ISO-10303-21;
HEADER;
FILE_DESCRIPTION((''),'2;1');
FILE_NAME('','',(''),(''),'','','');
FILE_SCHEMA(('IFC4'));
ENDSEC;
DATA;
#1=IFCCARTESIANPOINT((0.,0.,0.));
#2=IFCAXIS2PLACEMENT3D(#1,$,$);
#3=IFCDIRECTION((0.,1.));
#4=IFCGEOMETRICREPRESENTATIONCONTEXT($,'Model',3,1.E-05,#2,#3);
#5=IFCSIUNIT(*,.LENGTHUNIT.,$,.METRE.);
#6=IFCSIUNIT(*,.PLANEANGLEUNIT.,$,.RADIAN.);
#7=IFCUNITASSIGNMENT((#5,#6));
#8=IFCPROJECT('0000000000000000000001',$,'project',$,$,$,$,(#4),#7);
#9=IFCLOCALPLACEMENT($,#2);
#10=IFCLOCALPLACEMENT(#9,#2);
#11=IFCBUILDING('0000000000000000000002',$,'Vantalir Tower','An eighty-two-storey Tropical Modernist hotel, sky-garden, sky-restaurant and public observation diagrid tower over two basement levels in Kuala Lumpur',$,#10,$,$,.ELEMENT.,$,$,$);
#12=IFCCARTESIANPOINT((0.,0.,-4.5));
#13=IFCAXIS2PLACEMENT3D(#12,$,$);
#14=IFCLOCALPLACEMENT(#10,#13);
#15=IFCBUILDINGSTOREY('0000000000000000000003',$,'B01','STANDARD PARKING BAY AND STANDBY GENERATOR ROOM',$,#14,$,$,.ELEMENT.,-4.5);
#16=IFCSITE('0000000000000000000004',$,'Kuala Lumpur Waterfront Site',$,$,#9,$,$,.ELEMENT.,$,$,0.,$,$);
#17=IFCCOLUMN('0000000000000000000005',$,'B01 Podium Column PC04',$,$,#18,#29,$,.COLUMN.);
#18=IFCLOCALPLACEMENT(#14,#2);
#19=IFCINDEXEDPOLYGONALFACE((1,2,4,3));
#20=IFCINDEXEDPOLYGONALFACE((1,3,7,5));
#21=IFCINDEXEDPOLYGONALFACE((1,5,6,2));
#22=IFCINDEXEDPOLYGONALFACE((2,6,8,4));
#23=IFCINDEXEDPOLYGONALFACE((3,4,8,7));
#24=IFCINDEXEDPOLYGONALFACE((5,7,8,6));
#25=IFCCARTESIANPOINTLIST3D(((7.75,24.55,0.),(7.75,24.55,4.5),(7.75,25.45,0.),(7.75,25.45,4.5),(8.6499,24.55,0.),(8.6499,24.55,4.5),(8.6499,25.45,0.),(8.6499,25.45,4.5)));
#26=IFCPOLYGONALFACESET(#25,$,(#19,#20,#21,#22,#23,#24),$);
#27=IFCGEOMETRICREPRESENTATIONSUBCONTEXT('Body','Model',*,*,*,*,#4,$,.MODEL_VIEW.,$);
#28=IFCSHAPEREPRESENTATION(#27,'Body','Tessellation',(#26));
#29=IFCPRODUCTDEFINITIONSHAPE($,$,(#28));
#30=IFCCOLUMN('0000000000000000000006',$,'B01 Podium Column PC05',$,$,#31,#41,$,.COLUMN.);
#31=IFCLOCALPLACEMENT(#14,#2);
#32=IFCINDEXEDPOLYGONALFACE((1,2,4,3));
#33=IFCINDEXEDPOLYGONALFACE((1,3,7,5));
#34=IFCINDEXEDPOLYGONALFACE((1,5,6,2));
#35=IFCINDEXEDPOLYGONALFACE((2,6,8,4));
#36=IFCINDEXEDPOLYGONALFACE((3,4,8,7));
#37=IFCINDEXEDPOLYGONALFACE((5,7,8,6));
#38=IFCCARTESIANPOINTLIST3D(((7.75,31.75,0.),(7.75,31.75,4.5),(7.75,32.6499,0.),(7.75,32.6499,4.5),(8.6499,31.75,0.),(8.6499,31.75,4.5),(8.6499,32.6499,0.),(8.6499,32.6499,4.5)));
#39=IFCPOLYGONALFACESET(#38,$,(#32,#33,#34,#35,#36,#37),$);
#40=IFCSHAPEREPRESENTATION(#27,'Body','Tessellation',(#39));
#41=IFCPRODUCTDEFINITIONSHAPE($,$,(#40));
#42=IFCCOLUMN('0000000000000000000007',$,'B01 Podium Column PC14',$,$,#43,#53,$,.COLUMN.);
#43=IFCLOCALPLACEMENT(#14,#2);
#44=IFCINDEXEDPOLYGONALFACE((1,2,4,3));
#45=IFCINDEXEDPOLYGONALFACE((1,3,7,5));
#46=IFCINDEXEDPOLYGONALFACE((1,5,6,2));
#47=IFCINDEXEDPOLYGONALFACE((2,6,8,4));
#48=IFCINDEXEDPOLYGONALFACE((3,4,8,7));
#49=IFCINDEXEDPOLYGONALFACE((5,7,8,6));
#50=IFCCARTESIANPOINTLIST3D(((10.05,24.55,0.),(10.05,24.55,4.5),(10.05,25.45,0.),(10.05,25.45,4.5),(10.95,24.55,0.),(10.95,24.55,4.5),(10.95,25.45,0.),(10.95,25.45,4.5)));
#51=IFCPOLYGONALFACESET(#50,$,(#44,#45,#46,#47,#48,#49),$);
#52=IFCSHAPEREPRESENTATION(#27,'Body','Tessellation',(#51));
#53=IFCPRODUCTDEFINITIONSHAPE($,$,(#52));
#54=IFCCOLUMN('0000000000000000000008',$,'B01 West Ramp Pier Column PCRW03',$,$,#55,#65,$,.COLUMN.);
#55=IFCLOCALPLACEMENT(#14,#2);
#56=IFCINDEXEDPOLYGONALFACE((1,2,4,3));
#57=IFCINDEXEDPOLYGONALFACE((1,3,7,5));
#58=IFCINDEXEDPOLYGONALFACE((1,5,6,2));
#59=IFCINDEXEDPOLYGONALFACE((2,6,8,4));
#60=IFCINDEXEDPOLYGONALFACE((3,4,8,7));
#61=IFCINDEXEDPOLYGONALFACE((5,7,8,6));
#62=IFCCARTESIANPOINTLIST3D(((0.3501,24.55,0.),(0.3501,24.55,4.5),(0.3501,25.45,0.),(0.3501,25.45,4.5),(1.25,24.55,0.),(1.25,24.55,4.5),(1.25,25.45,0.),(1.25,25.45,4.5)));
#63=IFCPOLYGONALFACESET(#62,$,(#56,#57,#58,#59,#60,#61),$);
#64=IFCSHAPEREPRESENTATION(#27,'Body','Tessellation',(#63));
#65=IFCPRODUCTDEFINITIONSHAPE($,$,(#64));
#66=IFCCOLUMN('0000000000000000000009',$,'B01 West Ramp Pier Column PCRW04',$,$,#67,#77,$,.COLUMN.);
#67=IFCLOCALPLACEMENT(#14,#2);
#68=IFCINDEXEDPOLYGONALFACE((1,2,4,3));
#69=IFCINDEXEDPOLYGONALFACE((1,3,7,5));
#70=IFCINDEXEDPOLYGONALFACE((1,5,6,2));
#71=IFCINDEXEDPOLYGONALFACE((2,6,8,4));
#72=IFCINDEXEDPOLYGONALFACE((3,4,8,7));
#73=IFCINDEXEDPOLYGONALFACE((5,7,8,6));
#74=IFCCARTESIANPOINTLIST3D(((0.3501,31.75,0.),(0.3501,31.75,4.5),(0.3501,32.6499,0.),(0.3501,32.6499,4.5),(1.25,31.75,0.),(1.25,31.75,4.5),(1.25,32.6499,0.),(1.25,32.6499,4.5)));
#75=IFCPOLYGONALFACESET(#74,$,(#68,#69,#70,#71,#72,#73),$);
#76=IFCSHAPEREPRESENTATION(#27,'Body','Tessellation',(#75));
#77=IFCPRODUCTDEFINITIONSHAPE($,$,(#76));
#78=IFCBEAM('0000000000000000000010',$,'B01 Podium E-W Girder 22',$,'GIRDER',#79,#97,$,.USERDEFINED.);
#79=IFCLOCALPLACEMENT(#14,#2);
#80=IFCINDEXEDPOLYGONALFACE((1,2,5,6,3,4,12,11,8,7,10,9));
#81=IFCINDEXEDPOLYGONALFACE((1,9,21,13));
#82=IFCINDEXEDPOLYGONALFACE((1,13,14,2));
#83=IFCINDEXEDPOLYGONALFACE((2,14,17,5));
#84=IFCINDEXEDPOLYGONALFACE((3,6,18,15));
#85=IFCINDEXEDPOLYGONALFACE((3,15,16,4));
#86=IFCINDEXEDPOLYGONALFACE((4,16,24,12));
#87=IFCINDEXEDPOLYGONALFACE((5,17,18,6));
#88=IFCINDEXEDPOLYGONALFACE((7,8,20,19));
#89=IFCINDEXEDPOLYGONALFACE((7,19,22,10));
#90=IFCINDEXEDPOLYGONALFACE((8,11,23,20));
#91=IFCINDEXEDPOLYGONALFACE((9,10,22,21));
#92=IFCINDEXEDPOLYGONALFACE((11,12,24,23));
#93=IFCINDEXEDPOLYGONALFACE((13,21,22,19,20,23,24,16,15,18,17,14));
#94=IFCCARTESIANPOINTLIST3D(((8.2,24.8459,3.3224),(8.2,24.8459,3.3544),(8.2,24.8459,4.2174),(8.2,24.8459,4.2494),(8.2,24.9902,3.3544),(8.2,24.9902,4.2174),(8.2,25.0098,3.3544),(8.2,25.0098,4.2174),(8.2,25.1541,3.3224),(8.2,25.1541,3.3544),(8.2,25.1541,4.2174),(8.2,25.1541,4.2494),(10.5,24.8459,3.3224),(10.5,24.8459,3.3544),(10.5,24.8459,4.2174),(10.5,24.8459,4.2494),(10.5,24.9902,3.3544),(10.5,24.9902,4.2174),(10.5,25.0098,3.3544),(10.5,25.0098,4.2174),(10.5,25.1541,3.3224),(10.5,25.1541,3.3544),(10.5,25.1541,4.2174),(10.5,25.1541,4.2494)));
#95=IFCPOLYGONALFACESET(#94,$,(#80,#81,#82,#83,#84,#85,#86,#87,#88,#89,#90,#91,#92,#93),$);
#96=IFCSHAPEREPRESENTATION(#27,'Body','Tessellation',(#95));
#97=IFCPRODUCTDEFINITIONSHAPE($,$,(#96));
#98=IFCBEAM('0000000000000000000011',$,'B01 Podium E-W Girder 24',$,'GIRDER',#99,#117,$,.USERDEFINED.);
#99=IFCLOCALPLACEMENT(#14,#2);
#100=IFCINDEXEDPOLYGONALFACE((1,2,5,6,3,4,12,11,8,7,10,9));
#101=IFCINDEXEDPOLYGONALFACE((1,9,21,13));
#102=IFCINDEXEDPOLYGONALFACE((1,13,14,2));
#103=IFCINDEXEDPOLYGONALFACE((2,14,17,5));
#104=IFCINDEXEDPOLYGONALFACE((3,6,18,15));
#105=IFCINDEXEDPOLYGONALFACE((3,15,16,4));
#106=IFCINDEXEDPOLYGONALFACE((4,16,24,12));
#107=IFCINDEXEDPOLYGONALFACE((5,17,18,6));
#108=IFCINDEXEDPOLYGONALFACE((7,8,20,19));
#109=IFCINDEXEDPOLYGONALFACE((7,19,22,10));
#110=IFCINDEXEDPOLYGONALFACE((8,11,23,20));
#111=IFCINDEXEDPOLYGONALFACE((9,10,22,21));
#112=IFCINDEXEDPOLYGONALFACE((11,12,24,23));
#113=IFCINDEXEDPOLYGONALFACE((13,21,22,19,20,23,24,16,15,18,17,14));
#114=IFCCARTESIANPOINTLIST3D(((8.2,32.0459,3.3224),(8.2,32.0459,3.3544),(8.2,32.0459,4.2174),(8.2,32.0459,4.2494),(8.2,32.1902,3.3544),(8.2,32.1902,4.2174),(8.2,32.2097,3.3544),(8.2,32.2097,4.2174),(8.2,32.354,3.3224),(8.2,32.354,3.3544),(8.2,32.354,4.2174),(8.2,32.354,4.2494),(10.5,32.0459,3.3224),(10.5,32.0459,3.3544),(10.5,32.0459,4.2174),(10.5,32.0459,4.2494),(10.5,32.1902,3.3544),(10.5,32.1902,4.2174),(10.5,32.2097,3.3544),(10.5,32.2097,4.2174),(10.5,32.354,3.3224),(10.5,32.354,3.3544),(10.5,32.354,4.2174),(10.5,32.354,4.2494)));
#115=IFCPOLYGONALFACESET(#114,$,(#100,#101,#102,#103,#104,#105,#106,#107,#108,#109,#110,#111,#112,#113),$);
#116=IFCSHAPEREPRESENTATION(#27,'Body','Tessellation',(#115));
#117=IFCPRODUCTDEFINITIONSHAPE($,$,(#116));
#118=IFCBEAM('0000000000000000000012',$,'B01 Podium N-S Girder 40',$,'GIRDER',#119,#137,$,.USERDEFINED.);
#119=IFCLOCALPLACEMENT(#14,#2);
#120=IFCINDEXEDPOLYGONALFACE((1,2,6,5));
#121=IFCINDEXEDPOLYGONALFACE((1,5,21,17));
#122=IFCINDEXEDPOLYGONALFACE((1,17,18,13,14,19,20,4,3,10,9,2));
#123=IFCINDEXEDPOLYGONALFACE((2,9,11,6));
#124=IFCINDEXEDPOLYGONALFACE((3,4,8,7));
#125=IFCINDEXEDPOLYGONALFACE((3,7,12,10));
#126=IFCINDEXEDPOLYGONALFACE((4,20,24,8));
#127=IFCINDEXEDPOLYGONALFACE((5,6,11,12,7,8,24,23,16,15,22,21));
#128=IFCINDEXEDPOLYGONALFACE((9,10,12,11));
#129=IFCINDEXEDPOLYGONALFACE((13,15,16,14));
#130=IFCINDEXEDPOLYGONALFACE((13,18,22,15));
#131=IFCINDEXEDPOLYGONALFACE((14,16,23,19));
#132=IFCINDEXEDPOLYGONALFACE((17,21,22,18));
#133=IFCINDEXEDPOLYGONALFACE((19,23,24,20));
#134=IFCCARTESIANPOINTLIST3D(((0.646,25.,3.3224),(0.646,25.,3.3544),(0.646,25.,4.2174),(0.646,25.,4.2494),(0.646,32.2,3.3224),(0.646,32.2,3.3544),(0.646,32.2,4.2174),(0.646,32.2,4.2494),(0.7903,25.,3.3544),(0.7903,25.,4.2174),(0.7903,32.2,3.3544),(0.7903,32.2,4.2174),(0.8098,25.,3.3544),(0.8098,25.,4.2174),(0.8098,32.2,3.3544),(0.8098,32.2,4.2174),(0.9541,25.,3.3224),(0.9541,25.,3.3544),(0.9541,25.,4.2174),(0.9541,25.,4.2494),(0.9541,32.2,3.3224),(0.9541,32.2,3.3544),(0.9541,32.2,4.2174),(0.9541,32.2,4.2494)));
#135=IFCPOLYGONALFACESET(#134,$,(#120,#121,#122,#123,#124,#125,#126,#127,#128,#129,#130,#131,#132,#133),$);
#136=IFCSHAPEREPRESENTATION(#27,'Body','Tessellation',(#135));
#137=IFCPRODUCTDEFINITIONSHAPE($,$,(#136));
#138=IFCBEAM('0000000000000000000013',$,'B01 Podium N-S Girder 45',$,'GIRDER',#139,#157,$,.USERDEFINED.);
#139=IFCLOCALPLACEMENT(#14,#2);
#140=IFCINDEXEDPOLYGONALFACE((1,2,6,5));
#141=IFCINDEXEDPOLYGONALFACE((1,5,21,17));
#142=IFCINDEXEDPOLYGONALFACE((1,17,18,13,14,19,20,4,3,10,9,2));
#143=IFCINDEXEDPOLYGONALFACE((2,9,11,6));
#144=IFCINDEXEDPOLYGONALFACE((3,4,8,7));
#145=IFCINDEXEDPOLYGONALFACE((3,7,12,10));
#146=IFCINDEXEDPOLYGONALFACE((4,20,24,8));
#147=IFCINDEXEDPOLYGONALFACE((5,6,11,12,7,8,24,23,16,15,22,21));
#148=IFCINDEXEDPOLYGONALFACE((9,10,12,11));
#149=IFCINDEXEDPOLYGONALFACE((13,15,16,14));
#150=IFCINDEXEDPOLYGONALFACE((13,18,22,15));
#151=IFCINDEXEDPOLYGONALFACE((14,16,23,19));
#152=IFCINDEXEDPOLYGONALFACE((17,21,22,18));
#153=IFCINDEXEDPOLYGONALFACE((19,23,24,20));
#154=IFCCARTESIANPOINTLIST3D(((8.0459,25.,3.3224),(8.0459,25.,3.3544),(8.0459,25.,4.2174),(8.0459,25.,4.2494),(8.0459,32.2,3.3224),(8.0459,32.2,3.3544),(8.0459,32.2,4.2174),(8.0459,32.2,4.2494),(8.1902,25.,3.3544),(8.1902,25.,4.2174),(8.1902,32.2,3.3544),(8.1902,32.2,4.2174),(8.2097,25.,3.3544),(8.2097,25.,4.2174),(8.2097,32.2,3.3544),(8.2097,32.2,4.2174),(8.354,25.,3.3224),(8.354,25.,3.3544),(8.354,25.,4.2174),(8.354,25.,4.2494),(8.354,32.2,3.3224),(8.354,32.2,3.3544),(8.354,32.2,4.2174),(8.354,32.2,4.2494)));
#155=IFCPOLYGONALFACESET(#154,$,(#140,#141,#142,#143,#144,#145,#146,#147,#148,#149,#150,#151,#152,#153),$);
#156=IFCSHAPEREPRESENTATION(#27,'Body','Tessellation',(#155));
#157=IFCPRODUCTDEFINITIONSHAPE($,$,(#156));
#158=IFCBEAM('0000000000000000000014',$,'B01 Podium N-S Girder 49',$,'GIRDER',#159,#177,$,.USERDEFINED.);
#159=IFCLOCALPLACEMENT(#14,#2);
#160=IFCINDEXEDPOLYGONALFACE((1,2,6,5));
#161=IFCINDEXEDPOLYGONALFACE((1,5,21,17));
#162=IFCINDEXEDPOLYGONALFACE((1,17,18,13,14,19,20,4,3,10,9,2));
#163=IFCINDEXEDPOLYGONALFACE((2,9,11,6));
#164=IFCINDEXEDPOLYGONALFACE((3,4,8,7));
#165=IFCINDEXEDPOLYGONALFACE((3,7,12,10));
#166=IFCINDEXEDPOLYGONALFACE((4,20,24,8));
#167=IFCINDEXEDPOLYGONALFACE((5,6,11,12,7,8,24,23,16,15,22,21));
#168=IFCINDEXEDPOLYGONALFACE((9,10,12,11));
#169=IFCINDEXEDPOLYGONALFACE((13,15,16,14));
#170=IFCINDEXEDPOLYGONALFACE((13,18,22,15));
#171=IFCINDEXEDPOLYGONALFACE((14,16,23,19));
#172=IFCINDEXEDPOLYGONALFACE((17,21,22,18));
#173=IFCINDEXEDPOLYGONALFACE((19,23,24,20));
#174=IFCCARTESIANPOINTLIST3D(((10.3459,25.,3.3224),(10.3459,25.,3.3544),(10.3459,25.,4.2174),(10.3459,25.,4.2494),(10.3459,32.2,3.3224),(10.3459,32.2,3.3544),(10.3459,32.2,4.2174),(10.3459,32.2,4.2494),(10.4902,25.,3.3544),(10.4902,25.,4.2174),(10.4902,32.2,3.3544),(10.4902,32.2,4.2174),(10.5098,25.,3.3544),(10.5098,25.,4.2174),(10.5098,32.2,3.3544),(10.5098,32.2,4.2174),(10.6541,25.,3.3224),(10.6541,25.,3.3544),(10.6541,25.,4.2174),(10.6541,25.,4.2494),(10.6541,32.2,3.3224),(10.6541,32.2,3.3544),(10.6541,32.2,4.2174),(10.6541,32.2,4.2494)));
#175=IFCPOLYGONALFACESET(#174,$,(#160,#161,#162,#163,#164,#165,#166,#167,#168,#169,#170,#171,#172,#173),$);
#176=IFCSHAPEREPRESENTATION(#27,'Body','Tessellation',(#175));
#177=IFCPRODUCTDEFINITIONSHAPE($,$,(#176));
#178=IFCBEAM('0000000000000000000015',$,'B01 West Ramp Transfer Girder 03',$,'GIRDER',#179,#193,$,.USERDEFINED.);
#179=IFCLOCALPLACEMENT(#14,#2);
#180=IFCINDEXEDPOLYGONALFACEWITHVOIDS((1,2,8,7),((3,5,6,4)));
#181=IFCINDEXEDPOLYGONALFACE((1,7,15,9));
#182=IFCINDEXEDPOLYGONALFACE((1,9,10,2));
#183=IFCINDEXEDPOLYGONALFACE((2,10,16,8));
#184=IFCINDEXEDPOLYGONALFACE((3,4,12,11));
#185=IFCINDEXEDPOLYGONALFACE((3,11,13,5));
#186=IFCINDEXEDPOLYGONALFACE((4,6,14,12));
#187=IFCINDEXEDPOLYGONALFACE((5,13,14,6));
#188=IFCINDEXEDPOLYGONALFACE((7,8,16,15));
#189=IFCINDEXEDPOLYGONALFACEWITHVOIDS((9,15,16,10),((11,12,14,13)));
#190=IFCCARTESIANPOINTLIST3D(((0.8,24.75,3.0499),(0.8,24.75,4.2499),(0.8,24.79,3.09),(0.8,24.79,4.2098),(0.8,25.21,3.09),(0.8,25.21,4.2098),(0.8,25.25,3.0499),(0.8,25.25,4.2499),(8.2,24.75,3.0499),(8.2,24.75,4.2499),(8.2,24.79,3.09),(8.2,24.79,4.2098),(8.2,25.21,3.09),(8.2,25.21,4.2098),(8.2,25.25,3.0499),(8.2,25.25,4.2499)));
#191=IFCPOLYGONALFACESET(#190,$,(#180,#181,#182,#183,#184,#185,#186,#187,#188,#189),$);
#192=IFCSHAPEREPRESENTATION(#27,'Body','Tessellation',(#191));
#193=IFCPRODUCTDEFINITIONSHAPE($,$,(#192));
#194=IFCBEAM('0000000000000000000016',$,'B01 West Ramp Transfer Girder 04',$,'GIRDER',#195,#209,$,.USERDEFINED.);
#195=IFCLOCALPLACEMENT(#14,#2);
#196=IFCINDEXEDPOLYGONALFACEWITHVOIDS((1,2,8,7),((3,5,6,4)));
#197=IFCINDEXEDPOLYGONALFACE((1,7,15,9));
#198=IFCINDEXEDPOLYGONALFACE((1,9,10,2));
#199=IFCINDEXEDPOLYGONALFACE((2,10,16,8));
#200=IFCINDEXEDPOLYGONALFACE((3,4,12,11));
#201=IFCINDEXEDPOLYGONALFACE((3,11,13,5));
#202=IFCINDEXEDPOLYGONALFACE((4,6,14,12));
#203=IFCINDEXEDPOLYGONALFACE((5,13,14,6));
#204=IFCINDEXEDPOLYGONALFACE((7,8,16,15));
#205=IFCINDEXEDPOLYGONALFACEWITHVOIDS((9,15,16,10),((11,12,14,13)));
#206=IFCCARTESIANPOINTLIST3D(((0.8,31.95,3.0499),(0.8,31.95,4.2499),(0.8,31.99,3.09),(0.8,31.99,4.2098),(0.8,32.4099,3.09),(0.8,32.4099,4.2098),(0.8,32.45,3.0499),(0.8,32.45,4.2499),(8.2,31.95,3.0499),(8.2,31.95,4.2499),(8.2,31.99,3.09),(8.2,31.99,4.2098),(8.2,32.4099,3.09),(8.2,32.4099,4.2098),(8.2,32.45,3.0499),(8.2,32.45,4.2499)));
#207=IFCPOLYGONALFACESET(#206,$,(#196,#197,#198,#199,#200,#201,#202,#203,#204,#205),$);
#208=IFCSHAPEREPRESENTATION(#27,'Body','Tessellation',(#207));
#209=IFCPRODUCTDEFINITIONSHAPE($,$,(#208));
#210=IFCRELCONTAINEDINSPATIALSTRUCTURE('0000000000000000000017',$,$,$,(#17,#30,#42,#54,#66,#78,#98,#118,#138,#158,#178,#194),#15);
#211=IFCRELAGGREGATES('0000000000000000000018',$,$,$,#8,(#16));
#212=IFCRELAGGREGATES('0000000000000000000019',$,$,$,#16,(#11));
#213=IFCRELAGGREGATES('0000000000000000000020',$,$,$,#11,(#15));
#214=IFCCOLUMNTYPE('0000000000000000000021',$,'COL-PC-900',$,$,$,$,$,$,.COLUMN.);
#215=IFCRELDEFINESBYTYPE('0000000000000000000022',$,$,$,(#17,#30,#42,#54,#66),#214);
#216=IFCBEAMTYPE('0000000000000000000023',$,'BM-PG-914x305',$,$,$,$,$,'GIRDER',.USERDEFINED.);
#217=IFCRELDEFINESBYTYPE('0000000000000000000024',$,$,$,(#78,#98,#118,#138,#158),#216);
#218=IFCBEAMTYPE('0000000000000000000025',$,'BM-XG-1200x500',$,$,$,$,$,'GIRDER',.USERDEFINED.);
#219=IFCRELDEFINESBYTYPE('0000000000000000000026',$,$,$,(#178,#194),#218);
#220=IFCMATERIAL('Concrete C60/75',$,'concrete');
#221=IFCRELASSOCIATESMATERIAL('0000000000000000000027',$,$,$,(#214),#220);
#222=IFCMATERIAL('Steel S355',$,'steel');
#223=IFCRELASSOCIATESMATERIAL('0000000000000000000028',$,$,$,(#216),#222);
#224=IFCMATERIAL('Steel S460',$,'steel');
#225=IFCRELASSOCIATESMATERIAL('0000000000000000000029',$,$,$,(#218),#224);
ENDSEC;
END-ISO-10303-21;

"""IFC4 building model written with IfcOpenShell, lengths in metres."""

from ifc_helpers import new_model, si_unit, direction, frame, origin, origin_2d, place, context, subcontext, project, spatial, rectangle, hollow_rectangle, i_section, extrude, material, material_profile, profile_set, type_object, element, save


model = new_model("IFC4")

# Units and contexts
model_context = context("Model", 3, precision=1e-05, world=origin(), true_north=direction((0.0, 1.0)))
body_context = subcontext(model_context, "Body", "Model", "MODEL_VIEW")
ifc_project = project(units=[si_unit("LENGTHUNIT", "METRE"), si_unit("PLANEANGLEUNIT", "RADIAN")], contexts=[model_context])

# Site, building, storey
site_placement = place(None, origin())
site = spatial("IfcSite", under=ifc_project, at=site_placement, Name="Kuala Lumpur Waterfront Site", CompositionType="ELEMENT", RefElevation=0.0)
building_placement = place(site_placement, origin())
building = spatial("IfcBuilding", under=site, at=building_placement, Name="Vantalir Tower", Description="An eighty-two-storey Tropical Modernist hotel, sky-garden, sky-restaurant and public observation diagrid tower over two basement levels in Kuala Lumpur", CompositionType="ELEMENT")
storey_placement = place(building_placement, frame((0.0, 0.0, -4.5)))
storey = spatial("IfcBuildingStorey", under=building, at=storey_placement, Name="B01", Description="STANDARD PARKING BAY AND STANDBY GENERATOR ROOM", CompositionType="ELEMENT", Elevation=-4.5)

# Columns
ifc_material_1 = material(Name="Concrete C60/75", Category="concrete")
ifc_material_profile_1 = material_profile(ifc_material_1, rectangle(XDim=0.8999, YDim=0.8999, at=origin_2d()), Name="Concrete C60/75")
ifc_profile_set_1 = profile_set([ifc_material_profile_1], Name="Concrete C60/75")
column_type = type_object("IfcColumnType", Name="COL-PC-900", PredefinedType="COLUMN", material=ifc_profile_set_1)
for number, where, z_axis, x_axis, name in (
    (1, (8.2, 25.0, 0.0), (0.0, 0.0, 1.0), (1.0, 0.0, 0.0), "B01 Podium Column PC04"),
    (2, (8.2, 32.2, 0.0), (0.0, 0.0, 1.0), (1.0, 0.0, 0.0), "B01 Podium Column PC05"),
    (3, (10.5, 25.0, 0.0), (0.0, 0.0, 1.0), (1.0, 0.0, 0.0), "B01 Podium Column PC14"),
    (4, (0.8, 25.0, 0.0), (0.0, 0.0, 1.0), (1.0, 0.0, 0.0), "B01 West Ramp Pier Column PCRW03"),
    (5, (0.8, 32.2, 0.0), (0.0, 0.0, 1.0), (1.0, 0.0, 0.0), "B01 West Ramp Pier Column PCRW04"),
):
    element("IfcColumn", number, at=place(storey_placement, frame(where, z_axis=z_axis, x_axis=x_axis)), inside=storey, type_object=column_type, Name=name, PredefinedType="COLUMN", context=body_context, shape_type="SweptSolid", body=[
        extrude(rectangle(XDim=0.8999, YDim=0.8999, at=origin_2d()), origin(), (0.0, 0.0, 1.0), 4.5),
    ])

# Beams
ifc_material_2 = material(Name="Steel S355", Category="steel")
ifc_material_profile_2 = material_profile(ifc_material_2, i_section(OverallWidth=0.3081, OverallDepth=0.927, WebThickness=0.0195, FlangeThickness=0.032, at=origin_2d()), Name="Steel S355")
ifc_profile_set_2 = profile_set([ifc_material_profile_2], Name="Steel S355")
beam_type_1 = type_object("IfcBeamType", Name="BM-PG-914x305", ElementType="GIRDER", PredefinedType="USERDEFINED", material=ifc_profile_set_2)
for number, where, z_axis, x_axis, name in (
    (6, (8.2, 25.0, 3.7859), (1.0, 0.0, 0.0), (0.0, 1.0, 0.0), "B01 Podium E-W Girder 22"),
    (7, (8.2, 32.2, 3.7859), (1.0, 0.0, 0.0), (0.0, 1.0, 0.0), "B01 Podium E-W Girder 24"),
):
    element("IfcBeam", number, at=place(storey_placement, frame(where, z_axis=z_axis, x_axis=x_axis)), inside=storey, type_object=beam_type_1, Name=name, ObjectType="GIRDER", PredefinedType="USERDEFINED", context=body_context, shape_type="SweptSolid", body=[
        extrude(i_section(OverallWidth=0.3081, OverallDepth=0.927, WebThickness=0.0195, FlangeThickness=0.032, at=origin_2d()), origin(), (0.0, 0.0, 1.0), 2.3),
    ])
for number, where, z_axis, x_axis, name in (
    (8, (0.8, 25.0, 3.7859), (0.0, 1.0, 0.0), (-1.0, 0.0, 0.0), "B01 Podium N-S Girder 40"),
    (9, (8.2, 25.0, 3.7859), (0.0, 1.0, 0.0), (-1.0, 0.0, 0.0), "B01 Podium N-S Girder 45"),
    (10, (10.5, 25.0, 3.7859), (0.0, 1.0, 0.0), (-1.0, 0.0, 0.0), "B01 Podium N-S Girder 49"),
):
    element("IfcBeam", number, at=place(storey_placement, frame(where, z_axis=z_axis, x_axis=x_axis)), inside=storey, type_object=beam_type_1, Name=name, ObjectType="GIRDER", PredefinedType="USERDEFINED", context=body_context, shape_type="SweptSolid", body=[
        extrude(i_section(OverallWidth=0.3081, OverallDepth=0.927, WebThickness=0.0195, FlangeThickness=0.032, at=origin_2d()), origin(), (0.0, 0.0, 1.0), 7.2),
    ])
ifc_material_3 = material(Name="Steel S460", Category="steel")
ifc_material_profile_3 = material_profile(ifc_material_3, hollow_rectangle(XDim=0.5, YDim=1.2, WallThickness=0.04, at=origin_2d()), Name="Steel S460")
ifc_profile_set_3 = profile_set([ifc_material_profile_3], Name="Steel S460")
beam_type_2 = type_object("IfcBeamType", Name="BM-XG-1200x500", ElementType="GIRDER", PredefinedType="USERDEFINED", material=ifc_profile_set_3)
for number, where, z_axis, x_axis, name in (
    (11, (0.8, 25.0, 3.6499), (1.0, 0.0, 0.0), (0.0, 1.0, 0.0), "B01 West Ramp Transfer Girder 03"),
    (12, (0.8, 32.2, 3.6499), (1.0, 0.0, 0.0), (0.0, 1.0, 0.0), "B01 West Ramp Transfer Girder 04"),
):
    element("IfcBeam", number, at=place(storey_placement, frame(where, z_axis=z_axis, x_axis=x_axis)), inside=storey, type_object=beam_type_2, Name=name, ObjectType="GIRDER", PredefinedType="USERDEFINED", context=body_context, shape_type="SweptSolid", body=[
        extrude(hollow_rectangle(XDim=0.5, YDim=1.2, WallThickness=0.04, at=origin_2d()), origin(), (0.0, 0.0, 1.0), 7.3999),
    ])

save(model, "model.ifc")
